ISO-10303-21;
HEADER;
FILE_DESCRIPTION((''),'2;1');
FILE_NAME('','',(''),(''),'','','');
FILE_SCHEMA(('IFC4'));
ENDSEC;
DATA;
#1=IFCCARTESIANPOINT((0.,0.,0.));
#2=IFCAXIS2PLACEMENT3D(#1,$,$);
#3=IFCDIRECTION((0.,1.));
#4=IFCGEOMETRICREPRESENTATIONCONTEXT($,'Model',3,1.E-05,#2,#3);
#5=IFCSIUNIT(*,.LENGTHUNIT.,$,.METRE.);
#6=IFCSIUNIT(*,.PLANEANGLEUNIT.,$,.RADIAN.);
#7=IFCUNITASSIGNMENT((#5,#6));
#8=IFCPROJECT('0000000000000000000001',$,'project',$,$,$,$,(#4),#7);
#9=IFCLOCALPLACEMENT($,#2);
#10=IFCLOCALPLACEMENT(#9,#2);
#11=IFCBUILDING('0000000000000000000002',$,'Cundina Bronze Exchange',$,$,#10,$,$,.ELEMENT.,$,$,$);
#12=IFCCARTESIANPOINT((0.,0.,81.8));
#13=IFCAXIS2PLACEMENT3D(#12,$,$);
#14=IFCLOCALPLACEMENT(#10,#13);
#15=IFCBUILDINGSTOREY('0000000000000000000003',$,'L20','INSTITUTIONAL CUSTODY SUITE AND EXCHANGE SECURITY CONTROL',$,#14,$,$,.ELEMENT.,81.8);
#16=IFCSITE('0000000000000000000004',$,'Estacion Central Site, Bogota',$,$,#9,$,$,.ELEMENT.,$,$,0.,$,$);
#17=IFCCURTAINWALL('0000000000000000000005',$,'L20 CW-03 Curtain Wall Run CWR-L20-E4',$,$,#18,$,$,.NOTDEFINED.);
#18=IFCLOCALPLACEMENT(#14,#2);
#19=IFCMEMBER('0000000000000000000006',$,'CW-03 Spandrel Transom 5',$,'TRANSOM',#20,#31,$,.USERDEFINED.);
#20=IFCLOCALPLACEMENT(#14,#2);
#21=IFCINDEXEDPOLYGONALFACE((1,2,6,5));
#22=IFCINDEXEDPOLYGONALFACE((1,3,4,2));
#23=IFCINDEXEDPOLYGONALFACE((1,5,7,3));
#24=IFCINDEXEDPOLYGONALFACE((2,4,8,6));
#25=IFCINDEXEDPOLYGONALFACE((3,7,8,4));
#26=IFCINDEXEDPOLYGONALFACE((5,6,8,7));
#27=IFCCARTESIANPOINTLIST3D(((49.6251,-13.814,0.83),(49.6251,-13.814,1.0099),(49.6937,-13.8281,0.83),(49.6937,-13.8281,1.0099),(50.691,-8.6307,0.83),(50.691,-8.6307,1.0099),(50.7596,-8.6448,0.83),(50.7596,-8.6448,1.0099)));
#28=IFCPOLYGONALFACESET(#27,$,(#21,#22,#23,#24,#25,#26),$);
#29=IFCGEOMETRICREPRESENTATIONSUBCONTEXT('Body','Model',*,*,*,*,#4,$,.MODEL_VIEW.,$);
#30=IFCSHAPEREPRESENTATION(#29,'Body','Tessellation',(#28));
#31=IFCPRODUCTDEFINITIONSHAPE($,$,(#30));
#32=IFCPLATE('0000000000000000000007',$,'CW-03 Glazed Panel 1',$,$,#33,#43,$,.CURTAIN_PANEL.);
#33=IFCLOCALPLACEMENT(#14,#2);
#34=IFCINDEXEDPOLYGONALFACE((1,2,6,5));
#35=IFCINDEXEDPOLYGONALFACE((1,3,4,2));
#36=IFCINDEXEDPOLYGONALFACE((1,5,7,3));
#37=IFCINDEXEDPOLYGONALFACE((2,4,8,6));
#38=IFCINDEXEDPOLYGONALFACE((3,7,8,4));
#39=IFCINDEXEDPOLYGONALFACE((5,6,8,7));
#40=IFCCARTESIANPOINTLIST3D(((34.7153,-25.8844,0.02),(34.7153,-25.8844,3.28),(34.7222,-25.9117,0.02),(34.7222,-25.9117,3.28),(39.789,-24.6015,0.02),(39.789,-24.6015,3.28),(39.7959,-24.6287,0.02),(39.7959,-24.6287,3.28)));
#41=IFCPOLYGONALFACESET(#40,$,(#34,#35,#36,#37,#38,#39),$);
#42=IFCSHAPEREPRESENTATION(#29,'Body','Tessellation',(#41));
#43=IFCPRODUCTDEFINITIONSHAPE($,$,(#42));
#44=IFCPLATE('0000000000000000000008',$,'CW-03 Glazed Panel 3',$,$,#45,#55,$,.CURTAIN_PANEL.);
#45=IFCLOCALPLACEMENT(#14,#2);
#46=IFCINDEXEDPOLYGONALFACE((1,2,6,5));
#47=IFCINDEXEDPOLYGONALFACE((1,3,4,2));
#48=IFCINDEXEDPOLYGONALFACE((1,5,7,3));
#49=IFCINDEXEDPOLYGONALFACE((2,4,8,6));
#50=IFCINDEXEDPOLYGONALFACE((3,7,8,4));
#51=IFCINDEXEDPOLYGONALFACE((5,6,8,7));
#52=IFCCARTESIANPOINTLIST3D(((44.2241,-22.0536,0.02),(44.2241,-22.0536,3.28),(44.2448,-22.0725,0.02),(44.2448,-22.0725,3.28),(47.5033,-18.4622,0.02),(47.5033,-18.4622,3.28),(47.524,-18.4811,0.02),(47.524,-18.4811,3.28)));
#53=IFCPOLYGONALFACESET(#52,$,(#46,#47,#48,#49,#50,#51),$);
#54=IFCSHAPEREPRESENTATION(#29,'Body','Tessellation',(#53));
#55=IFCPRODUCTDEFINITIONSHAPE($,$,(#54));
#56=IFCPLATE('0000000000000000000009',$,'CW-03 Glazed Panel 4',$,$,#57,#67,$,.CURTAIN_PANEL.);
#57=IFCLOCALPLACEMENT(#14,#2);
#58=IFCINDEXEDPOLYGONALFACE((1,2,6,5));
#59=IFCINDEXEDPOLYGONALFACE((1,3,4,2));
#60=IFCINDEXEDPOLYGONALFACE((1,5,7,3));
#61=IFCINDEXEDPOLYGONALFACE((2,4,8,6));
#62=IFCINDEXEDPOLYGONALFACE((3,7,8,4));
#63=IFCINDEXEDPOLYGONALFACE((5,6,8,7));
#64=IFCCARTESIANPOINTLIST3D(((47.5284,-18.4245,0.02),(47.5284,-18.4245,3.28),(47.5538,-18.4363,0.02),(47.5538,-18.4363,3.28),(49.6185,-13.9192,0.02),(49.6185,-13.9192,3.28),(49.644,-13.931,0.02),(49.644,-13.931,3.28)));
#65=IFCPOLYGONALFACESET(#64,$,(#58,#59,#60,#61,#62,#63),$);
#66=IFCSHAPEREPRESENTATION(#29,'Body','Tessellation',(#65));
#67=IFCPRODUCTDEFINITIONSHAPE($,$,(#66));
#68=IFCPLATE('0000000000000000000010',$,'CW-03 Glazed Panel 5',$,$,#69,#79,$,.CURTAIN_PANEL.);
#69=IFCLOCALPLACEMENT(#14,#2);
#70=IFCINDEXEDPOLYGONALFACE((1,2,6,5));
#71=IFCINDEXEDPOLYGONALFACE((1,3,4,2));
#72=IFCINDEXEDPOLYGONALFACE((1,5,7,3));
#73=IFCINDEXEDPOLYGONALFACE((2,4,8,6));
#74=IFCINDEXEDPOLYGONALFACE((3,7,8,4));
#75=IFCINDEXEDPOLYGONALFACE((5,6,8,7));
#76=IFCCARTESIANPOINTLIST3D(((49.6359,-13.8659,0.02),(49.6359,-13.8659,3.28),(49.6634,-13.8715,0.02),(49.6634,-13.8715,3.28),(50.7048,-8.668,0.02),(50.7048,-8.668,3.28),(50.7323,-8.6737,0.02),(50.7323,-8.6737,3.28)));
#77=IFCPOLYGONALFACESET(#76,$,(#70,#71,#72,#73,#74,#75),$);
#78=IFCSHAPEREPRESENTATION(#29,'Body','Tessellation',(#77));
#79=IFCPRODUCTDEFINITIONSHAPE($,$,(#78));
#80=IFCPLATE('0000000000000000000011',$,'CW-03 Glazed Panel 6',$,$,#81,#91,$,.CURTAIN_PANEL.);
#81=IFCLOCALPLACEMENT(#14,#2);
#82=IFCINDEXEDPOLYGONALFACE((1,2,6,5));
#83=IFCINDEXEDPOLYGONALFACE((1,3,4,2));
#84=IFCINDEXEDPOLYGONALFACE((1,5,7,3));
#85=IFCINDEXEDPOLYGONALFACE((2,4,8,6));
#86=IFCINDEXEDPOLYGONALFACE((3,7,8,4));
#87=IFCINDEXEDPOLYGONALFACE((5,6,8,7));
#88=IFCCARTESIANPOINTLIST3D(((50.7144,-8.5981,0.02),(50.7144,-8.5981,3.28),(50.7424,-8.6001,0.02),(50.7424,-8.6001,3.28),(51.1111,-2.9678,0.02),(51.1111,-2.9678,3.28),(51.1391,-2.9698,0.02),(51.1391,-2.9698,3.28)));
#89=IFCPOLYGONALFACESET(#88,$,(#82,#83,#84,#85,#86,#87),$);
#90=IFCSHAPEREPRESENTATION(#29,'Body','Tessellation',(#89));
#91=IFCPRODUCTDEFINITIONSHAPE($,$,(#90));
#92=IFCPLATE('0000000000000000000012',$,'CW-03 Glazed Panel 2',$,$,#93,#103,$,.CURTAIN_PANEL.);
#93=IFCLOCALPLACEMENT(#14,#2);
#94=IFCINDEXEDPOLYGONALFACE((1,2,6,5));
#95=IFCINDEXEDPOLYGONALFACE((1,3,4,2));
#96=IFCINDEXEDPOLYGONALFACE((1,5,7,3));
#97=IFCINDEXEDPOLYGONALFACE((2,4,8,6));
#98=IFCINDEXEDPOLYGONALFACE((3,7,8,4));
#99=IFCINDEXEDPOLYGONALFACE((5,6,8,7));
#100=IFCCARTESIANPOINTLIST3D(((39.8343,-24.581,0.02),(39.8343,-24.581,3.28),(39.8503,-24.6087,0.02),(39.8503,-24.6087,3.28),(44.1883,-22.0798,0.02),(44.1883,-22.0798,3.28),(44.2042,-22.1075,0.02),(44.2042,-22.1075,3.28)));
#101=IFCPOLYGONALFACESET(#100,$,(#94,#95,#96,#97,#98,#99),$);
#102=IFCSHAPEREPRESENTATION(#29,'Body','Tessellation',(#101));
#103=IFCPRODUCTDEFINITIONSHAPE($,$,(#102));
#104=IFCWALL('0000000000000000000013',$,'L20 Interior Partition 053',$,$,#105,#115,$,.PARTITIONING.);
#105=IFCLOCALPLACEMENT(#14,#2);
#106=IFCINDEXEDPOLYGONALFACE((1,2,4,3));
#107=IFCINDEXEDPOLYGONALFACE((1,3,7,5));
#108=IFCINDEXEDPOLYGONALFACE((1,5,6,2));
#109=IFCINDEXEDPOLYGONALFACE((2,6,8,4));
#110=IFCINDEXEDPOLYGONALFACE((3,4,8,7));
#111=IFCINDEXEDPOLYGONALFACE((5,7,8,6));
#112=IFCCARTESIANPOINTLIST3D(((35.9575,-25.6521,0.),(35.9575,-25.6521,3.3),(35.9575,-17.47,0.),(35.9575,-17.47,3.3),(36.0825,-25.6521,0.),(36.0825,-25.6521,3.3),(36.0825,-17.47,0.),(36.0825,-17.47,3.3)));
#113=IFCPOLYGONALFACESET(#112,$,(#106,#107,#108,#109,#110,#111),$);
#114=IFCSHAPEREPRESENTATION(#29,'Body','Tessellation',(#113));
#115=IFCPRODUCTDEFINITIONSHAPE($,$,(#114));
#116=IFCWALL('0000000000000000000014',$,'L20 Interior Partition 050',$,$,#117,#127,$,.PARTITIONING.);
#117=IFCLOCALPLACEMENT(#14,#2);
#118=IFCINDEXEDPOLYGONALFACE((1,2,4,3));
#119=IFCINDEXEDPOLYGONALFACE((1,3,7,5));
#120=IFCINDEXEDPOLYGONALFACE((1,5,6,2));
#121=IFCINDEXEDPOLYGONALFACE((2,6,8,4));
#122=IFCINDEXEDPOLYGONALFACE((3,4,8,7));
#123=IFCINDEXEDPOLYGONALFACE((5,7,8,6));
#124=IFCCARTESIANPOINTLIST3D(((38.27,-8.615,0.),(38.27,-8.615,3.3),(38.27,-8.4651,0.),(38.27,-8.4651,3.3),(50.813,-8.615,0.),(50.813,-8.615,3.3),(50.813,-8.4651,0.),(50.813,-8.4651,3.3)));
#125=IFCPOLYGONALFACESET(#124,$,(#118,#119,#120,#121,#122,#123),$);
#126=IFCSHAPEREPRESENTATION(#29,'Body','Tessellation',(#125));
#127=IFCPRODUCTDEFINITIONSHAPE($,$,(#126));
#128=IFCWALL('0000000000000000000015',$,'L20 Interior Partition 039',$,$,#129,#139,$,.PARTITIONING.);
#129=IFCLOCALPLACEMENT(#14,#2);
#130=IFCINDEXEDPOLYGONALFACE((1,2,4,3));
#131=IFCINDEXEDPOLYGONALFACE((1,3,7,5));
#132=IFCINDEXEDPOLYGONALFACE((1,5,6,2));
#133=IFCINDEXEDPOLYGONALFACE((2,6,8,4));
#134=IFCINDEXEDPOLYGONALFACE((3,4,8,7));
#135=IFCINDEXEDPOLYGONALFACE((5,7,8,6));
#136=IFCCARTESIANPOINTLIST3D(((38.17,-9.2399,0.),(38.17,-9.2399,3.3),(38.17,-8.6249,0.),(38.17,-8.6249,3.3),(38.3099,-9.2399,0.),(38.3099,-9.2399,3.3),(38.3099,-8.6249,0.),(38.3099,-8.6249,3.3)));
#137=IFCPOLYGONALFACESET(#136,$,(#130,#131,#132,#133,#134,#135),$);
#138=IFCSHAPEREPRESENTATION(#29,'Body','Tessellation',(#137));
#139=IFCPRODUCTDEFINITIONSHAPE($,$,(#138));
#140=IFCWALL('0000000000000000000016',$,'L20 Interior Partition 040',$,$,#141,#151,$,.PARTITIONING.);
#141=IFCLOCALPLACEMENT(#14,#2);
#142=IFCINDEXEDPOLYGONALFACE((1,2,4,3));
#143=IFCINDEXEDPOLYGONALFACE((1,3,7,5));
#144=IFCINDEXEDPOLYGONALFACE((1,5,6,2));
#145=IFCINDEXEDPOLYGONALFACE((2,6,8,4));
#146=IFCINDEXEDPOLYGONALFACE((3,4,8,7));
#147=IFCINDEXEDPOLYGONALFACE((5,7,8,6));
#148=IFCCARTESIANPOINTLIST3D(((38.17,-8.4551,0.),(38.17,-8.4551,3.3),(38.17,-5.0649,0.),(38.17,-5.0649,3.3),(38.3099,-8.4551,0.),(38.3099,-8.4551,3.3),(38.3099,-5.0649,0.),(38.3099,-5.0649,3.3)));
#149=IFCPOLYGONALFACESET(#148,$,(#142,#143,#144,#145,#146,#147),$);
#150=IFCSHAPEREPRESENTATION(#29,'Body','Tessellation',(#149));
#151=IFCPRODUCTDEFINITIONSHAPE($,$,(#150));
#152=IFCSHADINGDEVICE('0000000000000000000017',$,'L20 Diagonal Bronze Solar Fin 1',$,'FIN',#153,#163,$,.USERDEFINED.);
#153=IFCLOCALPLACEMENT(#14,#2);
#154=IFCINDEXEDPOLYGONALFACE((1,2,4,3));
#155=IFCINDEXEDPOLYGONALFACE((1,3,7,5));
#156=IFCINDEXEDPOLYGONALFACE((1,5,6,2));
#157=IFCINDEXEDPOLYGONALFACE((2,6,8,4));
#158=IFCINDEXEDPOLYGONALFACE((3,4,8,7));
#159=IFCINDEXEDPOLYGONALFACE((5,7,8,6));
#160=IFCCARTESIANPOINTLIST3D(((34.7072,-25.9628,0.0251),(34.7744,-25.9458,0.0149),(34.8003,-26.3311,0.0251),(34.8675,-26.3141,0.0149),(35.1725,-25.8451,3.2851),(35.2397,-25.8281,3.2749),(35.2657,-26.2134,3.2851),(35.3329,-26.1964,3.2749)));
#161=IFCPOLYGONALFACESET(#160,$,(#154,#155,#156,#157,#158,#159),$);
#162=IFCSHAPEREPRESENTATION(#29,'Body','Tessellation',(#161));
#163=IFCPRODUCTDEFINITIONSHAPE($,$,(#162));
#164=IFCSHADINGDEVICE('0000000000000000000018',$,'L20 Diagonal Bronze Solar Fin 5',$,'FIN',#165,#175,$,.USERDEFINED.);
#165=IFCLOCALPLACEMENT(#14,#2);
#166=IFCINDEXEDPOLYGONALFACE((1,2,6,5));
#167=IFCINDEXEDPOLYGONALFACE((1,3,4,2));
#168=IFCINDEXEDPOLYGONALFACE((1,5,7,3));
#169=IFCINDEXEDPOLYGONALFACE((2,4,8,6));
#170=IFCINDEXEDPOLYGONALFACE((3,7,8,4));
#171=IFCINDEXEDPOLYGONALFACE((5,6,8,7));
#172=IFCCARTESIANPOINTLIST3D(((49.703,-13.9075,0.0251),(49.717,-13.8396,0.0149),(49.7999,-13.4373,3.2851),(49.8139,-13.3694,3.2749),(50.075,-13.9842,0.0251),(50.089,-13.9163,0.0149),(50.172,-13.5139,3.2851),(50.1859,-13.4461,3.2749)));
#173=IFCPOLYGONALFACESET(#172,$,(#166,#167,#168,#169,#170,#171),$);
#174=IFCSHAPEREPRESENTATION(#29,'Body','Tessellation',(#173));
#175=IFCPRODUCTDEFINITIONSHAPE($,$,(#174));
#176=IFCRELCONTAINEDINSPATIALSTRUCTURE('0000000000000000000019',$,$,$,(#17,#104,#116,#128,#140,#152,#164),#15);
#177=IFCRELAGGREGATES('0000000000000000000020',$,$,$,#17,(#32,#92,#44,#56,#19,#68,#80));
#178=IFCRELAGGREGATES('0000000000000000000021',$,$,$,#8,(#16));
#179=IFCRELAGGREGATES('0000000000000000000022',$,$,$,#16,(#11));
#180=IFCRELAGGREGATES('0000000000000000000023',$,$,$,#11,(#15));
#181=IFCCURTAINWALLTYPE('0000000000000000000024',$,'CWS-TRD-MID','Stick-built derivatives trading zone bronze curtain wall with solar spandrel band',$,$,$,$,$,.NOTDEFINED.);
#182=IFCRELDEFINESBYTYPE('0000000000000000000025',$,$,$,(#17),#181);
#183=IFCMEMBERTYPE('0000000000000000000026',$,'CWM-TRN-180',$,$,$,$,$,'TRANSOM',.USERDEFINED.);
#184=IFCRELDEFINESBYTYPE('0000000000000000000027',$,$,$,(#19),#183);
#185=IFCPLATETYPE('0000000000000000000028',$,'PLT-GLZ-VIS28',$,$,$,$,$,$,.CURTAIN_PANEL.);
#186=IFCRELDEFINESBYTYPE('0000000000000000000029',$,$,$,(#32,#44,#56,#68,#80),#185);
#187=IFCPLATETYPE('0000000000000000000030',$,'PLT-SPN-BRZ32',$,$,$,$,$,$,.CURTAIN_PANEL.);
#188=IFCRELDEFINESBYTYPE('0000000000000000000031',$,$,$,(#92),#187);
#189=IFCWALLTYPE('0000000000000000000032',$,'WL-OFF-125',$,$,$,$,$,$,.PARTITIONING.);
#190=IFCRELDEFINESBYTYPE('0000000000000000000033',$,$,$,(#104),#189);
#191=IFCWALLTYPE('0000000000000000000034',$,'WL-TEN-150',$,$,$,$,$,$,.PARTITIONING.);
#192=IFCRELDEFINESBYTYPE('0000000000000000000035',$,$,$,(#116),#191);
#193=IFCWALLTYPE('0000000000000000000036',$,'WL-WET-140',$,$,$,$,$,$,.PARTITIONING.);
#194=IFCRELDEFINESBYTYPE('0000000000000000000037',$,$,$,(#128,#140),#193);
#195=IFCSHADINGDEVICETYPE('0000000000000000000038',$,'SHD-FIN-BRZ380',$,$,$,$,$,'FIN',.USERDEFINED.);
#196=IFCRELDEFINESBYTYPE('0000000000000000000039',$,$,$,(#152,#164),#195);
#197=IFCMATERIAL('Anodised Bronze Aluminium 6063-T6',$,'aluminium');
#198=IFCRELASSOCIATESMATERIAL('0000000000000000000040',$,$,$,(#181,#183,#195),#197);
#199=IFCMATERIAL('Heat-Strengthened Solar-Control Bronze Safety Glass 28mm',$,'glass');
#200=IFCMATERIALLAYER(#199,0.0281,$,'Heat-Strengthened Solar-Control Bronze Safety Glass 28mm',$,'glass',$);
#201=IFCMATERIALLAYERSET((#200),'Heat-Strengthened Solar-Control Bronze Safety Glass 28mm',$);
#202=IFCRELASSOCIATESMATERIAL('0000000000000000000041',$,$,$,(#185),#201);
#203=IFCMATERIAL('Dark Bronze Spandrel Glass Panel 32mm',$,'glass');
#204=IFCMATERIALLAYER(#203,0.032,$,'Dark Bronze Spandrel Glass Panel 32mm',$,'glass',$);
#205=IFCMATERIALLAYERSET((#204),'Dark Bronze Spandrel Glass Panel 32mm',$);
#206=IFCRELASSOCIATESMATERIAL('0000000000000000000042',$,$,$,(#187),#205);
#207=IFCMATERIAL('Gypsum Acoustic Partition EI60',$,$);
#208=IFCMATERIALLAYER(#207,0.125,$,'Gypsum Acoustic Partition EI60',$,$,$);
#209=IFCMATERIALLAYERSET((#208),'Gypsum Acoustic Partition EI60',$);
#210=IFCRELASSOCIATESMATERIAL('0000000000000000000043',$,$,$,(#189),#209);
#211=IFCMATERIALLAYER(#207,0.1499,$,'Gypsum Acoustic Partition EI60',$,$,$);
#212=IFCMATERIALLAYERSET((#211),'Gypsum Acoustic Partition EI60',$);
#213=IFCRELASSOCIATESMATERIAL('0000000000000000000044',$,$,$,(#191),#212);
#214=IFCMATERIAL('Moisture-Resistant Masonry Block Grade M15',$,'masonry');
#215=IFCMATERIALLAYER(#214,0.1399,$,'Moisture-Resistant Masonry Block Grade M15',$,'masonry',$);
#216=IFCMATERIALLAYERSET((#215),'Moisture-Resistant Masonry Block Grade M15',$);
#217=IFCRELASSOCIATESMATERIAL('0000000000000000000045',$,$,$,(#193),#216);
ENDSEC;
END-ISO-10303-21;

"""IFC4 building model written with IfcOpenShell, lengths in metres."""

from ifc_helpers import new_model, si_unit, direction, frame, frame_2d, origin, origin_2d, place, context, subcontext, project, spatial, rectangle, extrude, material, layer, layer_set, material_profile, profile_set, type_object, element, aggregate, save


model = new_model("IFC4")

# Units and contexts
model_context = context("Model", 3, precision=1e-05, world=origin(), true_north=direction((0.0, 1.0)))
body_context = subcontext(model_context, "Body", "Model", "MODEL_VIEW")
ifc_project = project(units=[si_unit("LENGTHUNIT", "METRE"), si_unit("PLANEANGLEUNIT", "RADIAN")], contexts=[model_context])

# Site, building, storey
site_placement = place(None, origin())
site = spatial("IfcSite", under=ifc_project, at=site_placement, Name="Estacion Central Site, Bogota", CompositionType="ELEMENT", RefElevation=0.0)
building_placement = place(site_placement, origin())
building = spatial("IfcBuilding", under=site, at=building_placement, Name="Cundina Bronze Exchange", CompositionType="ELEMENT")
storey_placement = place(building_placement, frame((0.0, 0.0, 81.8)))
storey = spatial("IfcBuildingStorey", under=building, at=storey_placement, Name="L20", Description="INSTITUTIONAL CUSTODY SUITE AND EXCHANGE SECURITY CONTROL", CompositionType="ELEMENT", Elevation=81.8)

# Curtain wall, member, plates
ifc_material_1 = material(Name="Anodised Bronze Aluminium 6063-T6", Category="aluminium")
curtain_wall_type = type_object("IfcCurtainWallType", Name="CWS-TRD-MID", Description="Stick-built derivatives trading zone bronze curtain wall with solar spandrel band", PredefinedType="NOTDEFINED", material=ifc_material_1)
curtain_wall_placement = place(storey_placement, origin())
curtain_wall = element("IfcCurtainWall", 1, at=curtain_wall_placement, inside=storey, type_object=curtain_wall_type, Name="L20 CW-03 Curtain Wall Run CWR-L20-E4", PredefinedType="NOTDEFINED")
ifc_material_profile_1 = material_profile(ifc_material_1, rectangle(XDim=0.0701, YDim=0.1799, at=origin_2d()), Name="AL70X180", Category="aluminium")
ifc_profile_set_1 = profile_set([ifc_material_profile_1], Name="Anodised Bronze Aluminium 6063-T6")
member_type_1 = type_object("IfcMemberType", Name="CWM-TRN-180", ElementType="TRANSOM", PredefinedType="USERDEFINED", material=ifc_profile_set_1)
member_1_placement = place(storey_placement, frame((49.6594, -13.821, 0.9199), z_axis=(0.201428, 0.979503, 0.0), x_axis=(-0.979503, 0.201428, 0.0)))
member_1 = element("IfcMember", 2, at=member_1_placement, type_object=member_type_1, Name="CW-03 Spandrel Transom 5", ObjectType="TRANSOM", PredefinedType="USERDEFINED", context=body_context, shape_type="SweptSolid", body=[
    extrude(rectangle(XDim=0.0701, YDim=0.1799, at=origin_2d()), origin(), (0.0, 0.0, 1.0), 5.2917),
])
ifc_material_2 = material(Name="Heat-Strengthened Solar-Control Bronze Safety Glass 28mm", Category="glass")
ifc_layer_1 = layer(ifc_material_2, 0.0281, Name="Heat-Strengthened Solar-Control Bronze Safety Glass 28mm", Category="glass")
ifc_layer_set_1 = layer_set([ifc_layer_1], Name="Heat-Strengthened Solar-Control Bronze Safety Glass 28mm")
plate_type_1 = type_object("IfcPlateType", Name="PLT-GLZ-VIS28", PredefinedType="CURTAIN_PANEL", material=ifc_layer_set_1)
plate_1_placement = place(storey_placement, frame((37.2556, -25.2566, 0.02), z_axis=(0.0, 0.0, 1.0), x_axis=(0.969488, 0.245138, 0.0)))
plate_1 = element("IfcPlate", 3, at=plate_1_placement, type_object=plate_type_1, Name="CW-03 Glazed Panel 1", PredefinedType="CURTAIN_PANEL", context=body_context, shape_type="SweptSolid", body=[
    extrude(rectangle(XDim=5.2334, YDim=0.0281, at=origin_2d()), origin(), (0.0, 0.0, 1.0), 3.26),
])
plate_2_placement = place(storey_placement, frame((45.874, -20.2673, 0.02), z_axis=(0.0, 0.0, 1.0), x_axis=(0.674277, 0.738479, 0.0)))
plate_2 = element("IfcPlate", 4, at=plate_2_placement, type_object=plate_type_1, Name="CW-03 Glazed Panel 3", PredefinedType="CURTAIN_PANEL", context=body_context, shape_type="SweptSolid", body=[
    extrude(rectangle(XDim=4.8633, YDim=0.0281, at=origin_2d()), origin(), (0.0, 0.0, 1.0), 3.26),
])
plate_3_placement = place(storey_placement, frame((48.5862, -16.1777, 0.02), z_axis=(0.0, 0.0, 1.0), x_axis=(0.420846, 0.907132, 0.0)))
plate_3 = element("IfcPlate", 5, at=plate_3_placement, type_object=plate_type_1, Name="CW-03 Glazed Panel 4", PredefinedType="CURTAIN_PANEL", context=body_context, shape_type="SweptSolid", body=[
    extrude(rectangle(XDim=4.9666, YDim=0.0281, at=origin_2d()), origin(), (0.0, 0.0, 1.0), 3.26),
])
plate_4_placement = place(storey_placement, frame((50.1841, -11.2698, 0.02), z_axis=(0.0, 0.0, 1.0), x_axis=(0.20142, 0.979505, 0.0)))
plate_4 = element("IfcPlate", 6, at=plate_4_placement, type_object=plate_type_1, Name="CW-03 Glazed Panel 5", PredefinedType="CURTAIN_PANEL", context=body_context, shape_type="SweptSolid", body=[
    extrude(rectangle(XDim=5.3066, YDim=0.0281, at=origin_2d()), origin(), (0.0, 0.0, 1.0), 3.26),
])
plate_5_placement = place(storey_placement, frame((50.9268, -5.7839, 0.02), z_axis=(0.0, 0.0, 1.0), x_axis=(0.070279, 0.997527, 0.0)))
plate_5 = element("IfcPlate", 7, at=plate_5_placement, type_object=plate_type_1, Name="CW-03 Glazed Panel 6", PredefinedType="CURTAIN_PANEL", context=body_context, shape_type="SweptSolid", body=[
    extrude(rectangle(XDim=5.6443, YDim=0.0281, at=origin_2d()), origin(), (0.0, 0.0, 1.0), 3.26),
])
ifc_material_3 = material(Name="Dark Bronze Spandrel Glass Panel 32mm", Category="glass")
ifc_layer_2 = layer(ifc_material_3, 0.032, Name="Dark Bronze Spandrel Glass Panel 32mm", Category="glass")
ifc_layer_set_2 = layer_set([ifc_layer_2], Name="Dark Bronze Spandrel Glass Panel 32mm")
plate_type_2 = type_object("IfcPlateType", Name="PLT-SPN-BRZ32", PredefinedType="CURTAIN_PANEL", material=ifc_layer_set_2)
plate_6_placement = place(storey_placement, frame((42.0193, -23.3442, 0.02), z_axis=(0.0, 0.0, 1.0), x_axis=(0.867105, 0.498125, 0.0)))
plate_6 = element("IfcPlate", 8, at=plate_6_placement, type_object=plate_type_2, Name="CW-03 Glazed Panel 2", PredefinedType="CURTAIN_PANEL", context=body_context, shape_type="SweptSolid", body=[
    extrude(rectangle(XDim=5.0212, YDim=0.032, at=origin_2d()), origin(), (0.0, 0.0, 1.0), 3.26),
])
aggregate(curtain_wall, [plate_1, plate_6, plate_2, plate_3, member_1, plate_4, plate_5])

# Walls
ifc_material_4 = material(Name="Gypsum Acoustic Partition EI60")
ifc_layer_3 = layer(ifc_material_4, 0.125, Name="Gypsum Acoustic Partition EI60")
ifc_layer_set_3 = layer_set([ifc_layer_3], Name="Gypsum Acoustic Partition EI60")
wall_type_1 = type_object("IfcWallType", Name="WL-OFF-125", PredefinedType="PARTITIONING", material=ifc_layer_set_3)
wall_1_placement = place(storey_placement, frame((36.02, -25.6521, 0.0), z_axis=(0.0, 0.0, 1.0), x_axis=(0.0, 1.0, 0.0)))
element("IfcWall", 9, at=wall_1_placement, inside=storey, type_object=wall_type_1, Name="L20 Interior Partition 053", PredefinedType="PARTITIONING", context=body_context, shape_type="SweptSolid", body=[
    extrude(rectangle(XDim=8.1821, YDim=0.125, at=frame_2d((4.0911, 0.0))), origin(), (0.0, 0.0, 1.0), 3.3),
])
ifc_layer_4 = layer(ifc_material_4, 0.1499, Name="Gypsum Acoustic Partition EI60")
ifc_layer_set_4 = layer_set([ifc_layer_4], Name="Gypsum Acoustic Partition EI60")
wall_type_2 = type_object("IfcWallType", Name="WL-TEN-150", PredefinedType="PARTITIONING", material=ifc_layer_set_4)
wall_2_placement = place(storey_placement, frame((38.27, -8.54, 0.0), z_axis=(0.0, 0.0, 1.0), x_axis=(1.0, 0.0, 0.0)))
element("IfcWall", 10, at=wall_2_placement, inside=storey, type_object=wall_type_2, Name="L20 Interior Partition 050", PredefinedType="PARTITIONING", context=body_context, shape_type="SweptSolid", body=[
    extrude(rectangle(XDim=12.543, YDim=0.1499, at=frame_2d((6.2715, 0.0))), origin(), (0.0, 0.0, 1.0), 3.3),
])
ifc_material_5 = material(Name="Moisture-Resistant Masonry Block Grade M15", Category="masonry")
ifc_layer_5 = layer(ifc_material_5, 0.1399, Name="Moisture-Resistant Masonry Block Grade M15", Category="masonry")
ifc_layer_set_5 = layer_set([ifc_layer_5], Name="Moisture-Resistant Masonry Block Grade M15")
wall_type_3 = type_object("IfcWallType", Name="WL-WET-140", PredefinedType="PARTITIONING", material=ifc_layer_set_5)
wall_3_placement = place(storey_placement, frame((38.24, -9.24, 0.0), z_axis=(0.0, 0.0, 1.0), x_axis=(0.0, 1.0, 0.0)))
element("IfcWall", 11, at=wall_3_placement, inside=storey, type_object=wall_type_3, Name="L20 Interior Partition 039", PredefinedType="PARTITIONING", context=body_context, shape_type="SweptSolid", body=[
    extrude(rectangle(XDim=0.615, YDim=0.1399, at=frame_2d((0.3076, 0.0))), origin(), (0.0, 0.0, 1.0), 3.3),
])
wall_4_placement = place(storey_placement, frame((38.24, -8.4551, 0.0), z_axis=(0.0, 0.0, 1.0), x_axis=(0.0, 1.0, 0.0)))
element("IfcWall", 12, at=wall_4_placement, inside=storey, type_object=wall_type_3, Name="L20 Interior Partition 040", PredefinedType="PARTITIONING", context=body_context, shape_type="SweptSolid", body=[
    extrude(rectangle(XDim=3.3901, YDim=0.1399, at=frame_2d((1.6951, 0.0))), origin(), (0.0, 0.0, 1.0), 3.3),
])

# Shading devices
ifc_material_profile_2 = material_profile(ifc_material_1, rectangle(XDim=0.0701, YDim=0.3799, at=origin_2d()), Name="FIN70X380", Category="aluminium")
ifc_profile_set_2 = profile_set([ifc_material_profile_2], Name="Anodised Bronze Aluminium 6063-T6")
shading_device_type = type_object("IfcShadingDeviceType", Name="SHD-FIN-BRZ380", ElementType="FIN", PredefinedType="USERDEFINED", material=ifc_profile_set_2)
for number, where, z_axis, x_axis, name in (
    (13, (34.7874, -26.1384, 0.02), (0.141217, 0.035712, 0.989334), (-0.959141, -0.242553, 0.145663), "L20 Diagonal Bronze Solar Fin 1"),
    (14, (49.896, -13.9119, 0.02), (0.029414, 0.142698, 0.989329), (-0.199728, -0.968959, 0.145698), "L20 Diagonal Bronze Solar Fin 5"),
):
    element("IfcShadingDevice", number, at=place(storey_placement, frame(where, z_axis=z_axis, x_axis=x_axis)), inside=storey, type_object=shading_device_type, Name=name, ObjectType="FIN", PredefinedType="USERDEFINED", context=body_context, shape_type="SweptSolid", body=[
        extrude(rectangle(XDim=0.0701, YDim=0.3799, at=origin_2d()), origin(), (0.0, 0.0, 1.0), 3.2952),
    ])

save(model, "model.ifc")
